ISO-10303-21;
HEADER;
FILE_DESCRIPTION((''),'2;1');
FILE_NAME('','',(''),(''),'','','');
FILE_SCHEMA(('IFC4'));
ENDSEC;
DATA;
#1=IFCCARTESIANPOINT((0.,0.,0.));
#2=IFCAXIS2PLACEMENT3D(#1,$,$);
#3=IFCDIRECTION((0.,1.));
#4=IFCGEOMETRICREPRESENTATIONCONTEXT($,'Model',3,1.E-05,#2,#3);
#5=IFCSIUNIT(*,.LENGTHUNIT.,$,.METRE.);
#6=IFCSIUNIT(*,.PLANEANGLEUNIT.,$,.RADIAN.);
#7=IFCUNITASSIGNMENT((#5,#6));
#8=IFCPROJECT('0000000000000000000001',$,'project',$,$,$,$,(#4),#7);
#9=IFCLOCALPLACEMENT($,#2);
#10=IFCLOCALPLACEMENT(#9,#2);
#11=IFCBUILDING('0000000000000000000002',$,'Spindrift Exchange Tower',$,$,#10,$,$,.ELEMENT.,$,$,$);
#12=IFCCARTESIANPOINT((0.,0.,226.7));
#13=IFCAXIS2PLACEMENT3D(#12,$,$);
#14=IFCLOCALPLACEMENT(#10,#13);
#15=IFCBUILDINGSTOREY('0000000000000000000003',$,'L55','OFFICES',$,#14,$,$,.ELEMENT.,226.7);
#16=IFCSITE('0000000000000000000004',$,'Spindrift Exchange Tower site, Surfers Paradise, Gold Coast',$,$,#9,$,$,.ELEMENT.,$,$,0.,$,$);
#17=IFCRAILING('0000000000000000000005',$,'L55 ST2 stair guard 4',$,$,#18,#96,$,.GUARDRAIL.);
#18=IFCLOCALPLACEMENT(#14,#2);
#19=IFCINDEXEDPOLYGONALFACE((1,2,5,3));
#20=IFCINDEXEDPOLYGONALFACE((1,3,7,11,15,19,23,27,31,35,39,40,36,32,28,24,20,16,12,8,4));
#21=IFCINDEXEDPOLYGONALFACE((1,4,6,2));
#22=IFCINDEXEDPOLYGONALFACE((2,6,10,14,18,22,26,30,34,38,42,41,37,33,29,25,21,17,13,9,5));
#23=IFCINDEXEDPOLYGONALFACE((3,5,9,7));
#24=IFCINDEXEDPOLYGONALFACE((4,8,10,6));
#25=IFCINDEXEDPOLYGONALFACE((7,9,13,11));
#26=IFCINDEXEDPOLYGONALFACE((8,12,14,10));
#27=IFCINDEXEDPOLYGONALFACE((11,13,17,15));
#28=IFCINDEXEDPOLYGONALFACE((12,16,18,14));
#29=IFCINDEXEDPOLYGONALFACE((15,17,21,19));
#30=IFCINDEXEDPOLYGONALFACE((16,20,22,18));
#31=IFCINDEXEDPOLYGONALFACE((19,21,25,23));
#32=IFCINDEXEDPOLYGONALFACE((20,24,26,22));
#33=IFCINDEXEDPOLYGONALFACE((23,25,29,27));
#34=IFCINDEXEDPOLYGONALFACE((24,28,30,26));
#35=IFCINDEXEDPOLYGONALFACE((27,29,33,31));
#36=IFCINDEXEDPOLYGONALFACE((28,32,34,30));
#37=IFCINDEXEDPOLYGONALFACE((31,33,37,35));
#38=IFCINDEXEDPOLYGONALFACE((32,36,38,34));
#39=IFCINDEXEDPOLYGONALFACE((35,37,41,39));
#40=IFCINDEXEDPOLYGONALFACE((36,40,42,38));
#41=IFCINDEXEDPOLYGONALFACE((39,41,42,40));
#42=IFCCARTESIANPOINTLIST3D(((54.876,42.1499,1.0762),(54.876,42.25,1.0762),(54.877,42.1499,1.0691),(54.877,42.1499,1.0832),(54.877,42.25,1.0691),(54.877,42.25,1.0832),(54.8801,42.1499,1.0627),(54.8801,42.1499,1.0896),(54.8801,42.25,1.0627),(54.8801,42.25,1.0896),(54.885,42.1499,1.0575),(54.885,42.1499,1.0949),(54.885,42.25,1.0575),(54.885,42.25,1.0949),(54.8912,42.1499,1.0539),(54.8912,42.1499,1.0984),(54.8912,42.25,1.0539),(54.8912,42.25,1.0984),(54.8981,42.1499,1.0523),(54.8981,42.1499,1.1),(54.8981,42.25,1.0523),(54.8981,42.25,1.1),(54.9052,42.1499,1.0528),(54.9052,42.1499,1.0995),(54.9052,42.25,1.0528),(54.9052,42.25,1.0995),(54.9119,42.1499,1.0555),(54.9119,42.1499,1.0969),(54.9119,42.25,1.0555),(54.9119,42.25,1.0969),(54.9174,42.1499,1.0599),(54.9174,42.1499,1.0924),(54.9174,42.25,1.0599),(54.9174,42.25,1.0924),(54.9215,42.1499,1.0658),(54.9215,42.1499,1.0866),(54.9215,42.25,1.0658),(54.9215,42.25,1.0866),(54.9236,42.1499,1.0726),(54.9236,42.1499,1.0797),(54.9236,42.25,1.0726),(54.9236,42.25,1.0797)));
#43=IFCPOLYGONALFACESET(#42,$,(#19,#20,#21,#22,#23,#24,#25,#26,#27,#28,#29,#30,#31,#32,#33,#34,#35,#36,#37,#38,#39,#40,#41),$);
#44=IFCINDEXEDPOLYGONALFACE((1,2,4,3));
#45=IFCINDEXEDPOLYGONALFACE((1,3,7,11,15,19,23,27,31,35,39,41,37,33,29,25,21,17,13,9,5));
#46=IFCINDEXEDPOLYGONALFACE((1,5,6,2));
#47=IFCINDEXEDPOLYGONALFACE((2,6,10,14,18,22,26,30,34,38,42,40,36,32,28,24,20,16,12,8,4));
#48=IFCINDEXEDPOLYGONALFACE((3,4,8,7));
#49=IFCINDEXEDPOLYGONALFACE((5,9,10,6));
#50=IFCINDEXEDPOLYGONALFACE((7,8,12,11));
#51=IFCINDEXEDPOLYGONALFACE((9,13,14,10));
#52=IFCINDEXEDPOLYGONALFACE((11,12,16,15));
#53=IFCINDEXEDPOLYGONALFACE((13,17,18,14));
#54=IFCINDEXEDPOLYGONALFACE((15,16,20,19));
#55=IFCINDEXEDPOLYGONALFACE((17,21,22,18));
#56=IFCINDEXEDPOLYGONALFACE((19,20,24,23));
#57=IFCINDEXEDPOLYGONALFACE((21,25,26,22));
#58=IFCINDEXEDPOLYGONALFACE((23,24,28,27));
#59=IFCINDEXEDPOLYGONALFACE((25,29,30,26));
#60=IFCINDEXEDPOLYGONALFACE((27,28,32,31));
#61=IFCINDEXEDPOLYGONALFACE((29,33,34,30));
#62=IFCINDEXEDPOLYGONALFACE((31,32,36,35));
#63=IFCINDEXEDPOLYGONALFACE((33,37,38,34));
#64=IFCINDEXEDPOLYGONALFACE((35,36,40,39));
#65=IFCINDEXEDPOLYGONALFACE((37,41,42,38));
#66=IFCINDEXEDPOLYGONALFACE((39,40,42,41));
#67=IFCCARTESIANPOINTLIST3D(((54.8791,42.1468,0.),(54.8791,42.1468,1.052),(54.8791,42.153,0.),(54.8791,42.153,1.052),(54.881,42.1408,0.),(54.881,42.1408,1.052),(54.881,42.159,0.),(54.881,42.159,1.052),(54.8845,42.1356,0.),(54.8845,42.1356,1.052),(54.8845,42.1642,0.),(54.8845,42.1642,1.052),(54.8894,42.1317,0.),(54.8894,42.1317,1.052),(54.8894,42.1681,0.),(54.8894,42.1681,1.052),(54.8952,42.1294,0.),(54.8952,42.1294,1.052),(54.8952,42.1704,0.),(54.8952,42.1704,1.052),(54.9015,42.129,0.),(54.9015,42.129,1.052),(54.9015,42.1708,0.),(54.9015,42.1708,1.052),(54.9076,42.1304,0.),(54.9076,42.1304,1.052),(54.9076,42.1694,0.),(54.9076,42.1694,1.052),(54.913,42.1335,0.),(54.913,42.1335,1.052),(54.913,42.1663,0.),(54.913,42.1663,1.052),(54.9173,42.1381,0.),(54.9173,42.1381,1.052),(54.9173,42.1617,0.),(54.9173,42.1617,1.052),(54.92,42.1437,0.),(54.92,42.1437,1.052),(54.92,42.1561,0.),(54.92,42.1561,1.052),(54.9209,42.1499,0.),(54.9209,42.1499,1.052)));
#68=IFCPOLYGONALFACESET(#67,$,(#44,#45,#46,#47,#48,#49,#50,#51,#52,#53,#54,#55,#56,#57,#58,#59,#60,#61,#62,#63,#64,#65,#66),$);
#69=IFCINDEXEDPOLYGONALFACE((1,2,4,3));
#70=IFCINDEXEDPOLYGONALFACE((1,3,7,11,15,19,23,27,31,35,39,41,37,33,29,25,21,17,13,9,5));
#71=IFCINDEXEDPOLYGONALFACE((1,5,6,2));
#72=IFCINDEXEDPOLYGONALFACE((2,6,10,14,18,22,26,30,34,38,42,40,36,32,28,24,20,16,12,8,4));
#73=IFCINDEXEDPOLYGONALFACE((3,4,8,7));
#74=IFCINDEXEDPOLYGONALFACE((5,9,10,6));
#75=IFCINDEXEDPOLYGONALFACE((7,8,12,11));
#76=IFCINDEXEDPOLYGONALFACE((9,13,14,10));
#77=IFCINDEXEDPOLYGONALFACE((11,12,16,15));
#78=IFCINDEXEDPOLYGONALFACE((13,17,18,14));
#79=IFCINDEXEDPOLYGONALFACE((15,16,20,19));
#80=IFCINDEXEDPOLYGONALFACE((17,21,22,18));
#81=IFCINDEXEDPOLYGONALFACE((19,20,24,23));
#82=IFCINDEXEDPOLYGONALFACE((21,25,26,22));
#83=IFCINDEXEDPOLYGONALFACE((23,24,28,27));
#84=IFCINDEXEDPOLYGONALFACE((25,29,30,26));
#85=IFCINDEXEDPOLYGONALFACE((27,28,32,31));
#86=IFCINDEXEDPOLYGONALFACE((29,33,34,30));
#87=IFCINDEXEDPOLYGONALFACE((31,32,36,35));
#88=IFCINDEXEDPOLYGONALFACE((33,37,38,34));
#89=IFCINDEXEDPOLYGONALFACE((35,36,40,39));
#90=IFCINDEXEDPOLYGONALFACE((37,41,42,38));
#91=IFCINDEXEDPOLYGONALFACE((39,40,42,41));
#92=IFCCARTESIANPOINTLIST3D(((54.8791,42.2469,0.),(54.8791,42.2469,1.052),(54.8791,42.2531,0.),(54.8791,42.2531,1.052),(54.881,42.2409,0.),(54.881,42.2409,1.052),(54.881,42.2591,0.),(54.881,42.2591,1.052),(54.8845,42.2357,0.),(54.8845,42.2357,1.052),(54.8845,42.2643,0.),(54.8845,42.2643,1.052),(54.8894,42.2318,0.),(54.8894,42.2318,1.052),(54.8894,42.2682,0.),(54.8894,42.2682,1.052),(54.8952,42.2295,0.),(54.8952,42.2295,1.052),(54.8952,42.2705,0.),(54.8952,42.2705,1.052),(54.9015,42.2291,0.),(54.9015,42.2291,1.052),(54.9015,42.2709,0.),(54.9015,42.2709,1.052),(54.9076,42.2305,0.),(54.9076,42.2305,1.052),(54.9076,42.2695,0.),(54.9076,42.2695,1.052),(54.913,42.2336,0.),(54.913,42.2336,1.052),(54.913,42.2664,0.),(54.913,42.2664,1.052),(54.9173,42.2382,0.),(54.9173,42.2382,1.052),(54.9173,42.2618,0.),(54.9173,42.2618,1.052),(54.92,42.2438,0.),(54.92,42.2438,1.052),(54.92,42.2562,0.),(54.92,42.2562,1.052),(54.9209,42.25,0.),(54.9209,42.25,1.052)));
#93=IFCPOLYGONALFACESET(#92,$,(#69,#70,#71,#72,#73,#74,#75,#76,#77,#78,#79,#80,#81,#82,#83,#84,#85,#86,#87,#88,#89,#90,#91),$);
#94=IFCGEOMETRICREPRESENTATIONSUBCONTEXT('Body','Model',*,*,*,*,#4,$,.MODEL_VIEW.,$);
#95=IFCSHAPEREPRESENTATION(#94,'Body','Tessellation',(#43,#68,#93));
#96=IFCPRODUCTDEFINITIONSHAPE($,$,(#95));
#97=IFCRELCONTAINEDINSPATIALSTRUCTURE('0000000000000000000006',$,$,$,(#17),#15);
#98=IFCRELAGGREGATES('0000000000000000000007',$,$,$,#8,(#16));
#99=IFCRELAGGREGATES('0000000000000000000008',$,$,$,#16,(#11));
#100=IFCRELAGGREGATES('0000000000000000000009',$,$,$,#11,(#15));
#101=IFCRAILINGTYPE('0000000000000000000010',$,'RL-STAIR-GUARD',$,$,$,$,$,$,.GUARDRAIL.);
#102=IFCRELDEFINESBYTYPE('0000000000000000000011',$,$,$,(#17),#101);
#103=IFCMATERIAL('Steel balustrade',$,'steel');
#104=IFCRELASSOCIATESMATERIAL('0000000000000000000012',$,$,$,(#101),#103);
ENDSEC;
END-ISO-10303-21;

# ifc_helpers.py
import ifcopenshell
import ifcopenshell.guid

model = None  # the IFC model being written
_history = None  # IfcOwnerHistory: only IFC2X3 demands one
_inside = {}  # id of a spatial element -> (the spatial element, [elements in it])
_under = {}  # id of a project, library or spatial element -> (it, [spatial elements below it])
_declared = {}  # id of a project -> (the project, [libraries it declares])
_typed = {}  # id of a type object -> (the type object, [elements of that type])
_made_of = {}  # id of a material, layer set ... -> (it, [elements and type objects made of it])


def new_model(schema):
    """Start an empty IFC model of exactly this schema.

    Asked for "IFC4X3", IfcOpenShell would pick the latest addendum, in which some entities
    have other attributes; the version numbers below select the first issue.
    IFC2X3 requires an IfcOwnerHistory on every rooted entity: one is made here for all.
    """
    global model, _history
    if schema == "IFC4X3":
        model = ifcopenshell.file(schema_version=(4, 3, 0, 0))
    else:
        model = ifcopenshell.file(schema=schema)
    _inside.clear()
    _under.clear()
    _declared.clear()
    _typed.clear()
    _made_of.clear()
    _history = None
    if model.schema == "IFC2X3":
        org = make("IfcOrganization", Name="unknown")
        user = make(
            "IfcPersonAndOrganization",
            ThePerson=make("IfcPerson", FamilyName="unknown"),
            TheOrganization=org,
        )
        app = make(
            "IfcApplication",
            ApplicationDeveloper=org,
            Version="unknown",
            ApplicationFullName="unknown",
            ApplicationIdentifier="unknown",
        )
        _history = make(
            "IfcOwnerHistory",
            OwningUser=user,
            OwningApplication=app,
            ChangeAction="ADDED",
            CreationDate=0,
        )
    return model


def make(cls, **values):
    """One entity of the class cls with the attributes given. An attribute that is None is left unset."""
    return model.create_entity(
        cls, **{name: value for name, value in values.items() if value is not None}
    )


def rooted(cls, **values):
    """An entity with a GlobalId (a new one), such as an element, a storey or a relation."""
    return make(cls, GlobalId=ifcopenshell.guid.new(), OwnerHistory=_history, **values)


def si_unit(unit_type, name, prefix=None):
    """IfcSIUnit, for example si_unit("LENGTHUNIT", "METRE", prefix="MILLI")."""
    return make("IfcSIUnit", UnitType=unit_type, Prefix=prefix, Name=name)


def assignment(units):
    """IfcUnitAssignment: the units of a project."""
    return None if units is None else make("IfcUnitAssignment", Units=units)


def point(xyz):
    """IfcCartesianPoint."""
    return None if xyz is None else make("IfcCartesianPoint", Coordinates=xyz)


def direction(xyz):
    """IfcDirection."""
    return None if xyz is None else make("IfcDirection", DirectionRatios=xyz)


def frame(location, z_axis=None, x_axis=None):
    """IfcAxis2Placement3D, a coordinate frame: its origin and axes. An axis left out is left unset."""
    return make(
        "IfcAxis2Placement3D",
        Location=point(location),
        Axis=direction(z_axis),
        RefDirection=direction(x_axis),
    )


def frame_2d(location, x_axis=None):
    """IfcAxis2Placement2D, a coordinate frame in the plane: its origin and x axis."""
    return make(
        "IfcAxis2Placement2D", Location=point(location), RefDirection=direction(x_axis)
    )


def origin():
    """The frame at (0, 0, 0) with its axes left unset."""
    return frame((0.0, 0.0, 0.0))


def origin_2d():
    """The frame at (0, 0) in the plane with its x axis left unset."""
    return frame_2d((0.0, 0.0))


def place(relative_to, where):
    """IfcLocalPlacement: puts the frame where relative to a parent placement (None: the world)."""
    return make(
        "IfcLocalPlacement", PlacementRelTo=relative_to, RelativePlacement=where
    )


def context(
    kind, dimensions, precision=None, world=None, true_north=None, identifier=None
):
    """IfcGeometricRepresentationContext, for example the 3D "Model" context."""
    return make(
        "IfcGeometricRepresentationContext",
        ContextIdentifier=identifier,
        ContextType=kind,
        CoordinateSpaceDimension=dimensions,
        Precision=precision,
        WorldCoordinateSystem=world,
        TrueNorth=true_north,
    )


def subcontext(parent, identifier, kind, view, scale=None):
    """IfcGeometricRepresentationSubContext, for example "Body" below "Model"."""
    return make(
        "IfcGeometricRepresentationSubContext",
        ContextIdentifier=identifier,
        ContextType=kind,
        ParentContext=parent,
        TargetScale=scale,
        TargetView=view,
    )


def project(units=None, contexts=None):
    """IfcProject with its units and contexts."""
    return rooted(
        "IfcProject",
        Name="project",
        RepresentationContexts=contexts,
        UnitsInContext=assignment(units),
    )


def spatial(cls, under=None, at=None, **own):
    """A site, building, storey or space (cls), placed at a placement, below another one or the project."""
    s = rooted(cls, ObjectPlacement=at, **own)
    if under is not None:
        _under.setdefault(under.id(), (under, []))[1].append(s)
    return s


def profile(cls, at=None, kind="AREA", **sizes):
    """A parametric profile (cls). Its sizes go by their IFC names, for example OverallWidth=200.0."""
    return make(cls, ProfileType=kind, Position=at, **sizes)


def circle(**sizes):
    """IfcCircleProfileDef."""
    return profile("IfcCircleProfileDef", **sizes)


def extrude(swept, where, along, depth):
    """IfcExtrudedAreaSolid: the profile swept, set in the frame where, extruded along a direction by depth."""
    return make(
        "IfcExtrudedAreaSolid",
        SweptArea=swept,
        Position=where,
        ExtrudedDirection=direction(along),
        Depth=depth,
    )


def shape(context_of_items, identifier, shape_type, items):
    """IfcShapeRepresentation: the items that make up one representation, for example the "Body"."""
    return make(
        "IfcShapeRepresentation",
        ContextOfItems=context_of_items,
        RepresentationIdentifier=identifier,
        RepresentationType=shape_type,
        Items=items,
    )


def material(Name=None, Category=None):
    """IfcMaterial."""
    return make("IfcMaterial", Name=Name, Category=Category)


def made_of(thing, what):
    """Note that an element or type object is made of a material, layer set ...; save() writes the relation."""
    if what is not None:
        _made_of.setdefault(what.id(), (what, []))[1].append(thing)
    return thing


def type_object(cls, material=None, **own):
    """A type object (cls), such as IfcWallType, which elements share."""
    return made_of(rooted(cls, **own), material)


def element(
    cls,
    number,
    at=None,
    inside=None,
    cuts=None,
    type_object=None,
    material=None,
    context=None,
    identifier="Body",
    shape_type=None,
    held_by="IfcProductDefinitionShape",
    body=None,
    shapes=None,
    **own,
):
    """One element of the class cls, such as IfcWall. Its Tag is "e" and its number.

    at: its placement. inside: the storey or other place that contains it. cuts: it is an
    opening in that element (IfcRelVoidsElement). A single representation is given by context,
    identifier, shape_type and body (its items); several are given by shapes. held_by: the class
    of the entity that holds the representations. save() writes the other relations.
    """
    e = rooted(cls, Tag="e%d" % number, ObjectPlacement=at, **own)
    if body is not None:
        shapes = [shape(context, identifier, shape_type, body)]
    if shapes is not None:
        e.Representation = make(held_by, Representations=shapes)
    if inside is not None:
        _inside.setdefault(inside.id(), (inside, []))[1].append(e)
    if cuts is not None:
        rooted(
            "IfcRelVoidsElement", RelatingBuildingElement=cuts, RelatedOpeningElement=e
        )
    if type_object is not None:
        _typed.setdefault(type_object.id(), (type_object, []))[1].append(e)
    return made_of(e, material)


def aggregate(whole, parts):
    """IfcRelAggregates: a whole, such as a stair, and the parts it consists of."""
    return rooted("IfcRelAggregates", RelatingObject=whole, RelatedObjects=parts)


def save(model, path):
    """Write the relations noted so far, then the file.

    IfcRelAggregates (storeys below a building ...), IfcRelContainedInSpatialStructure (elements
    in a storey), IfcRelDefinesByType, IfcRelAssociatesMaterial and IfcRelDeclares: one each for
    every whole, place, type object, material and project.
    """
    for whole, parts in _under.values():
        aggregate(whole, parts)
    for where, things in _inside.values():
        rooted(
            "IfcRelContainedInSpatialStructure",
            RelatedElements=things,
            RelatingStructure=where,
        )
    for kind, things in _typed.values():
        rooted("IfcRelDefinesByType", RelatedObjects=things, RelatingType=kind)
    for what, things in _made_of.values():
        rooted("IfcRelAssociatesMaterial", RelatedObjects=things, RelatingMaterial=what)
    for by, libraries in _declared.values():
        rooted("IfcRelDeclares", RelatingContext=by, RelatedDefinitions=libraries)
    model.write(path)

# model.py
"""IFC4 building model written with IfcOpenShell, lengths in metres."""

from ifc_helpers import new_model, si_unit, direction, frame, origin, origin_2d, place, context, subcontext, project, spatial, circle, extrude, material, type_object, element, save


model = new_model("IFC4")

# Units and contexts
model_context = context("Model", 3, precision=1e-05, world=origin(), true_north=direction((0.0, 1.0)))
body_context = subcontext(model_context, "Body", "Model", "MODEL_VIEW")
ifc_project = project(units=[si_unit("LENGTHUNIT", "METRE"), si_unit("PLANEANGLEUNIT", "RADIAN")], contexts=[model_context])

# Site, building, storey
site_placement = place(None, origin())
site = spatial("IfcSite", under=ifc_project, at=site_placement, Name="Spindrift Exchange Tower site, Surfers Paradise, Gold Coast", CompositionType="ELEMENT", RefElevation=0.0)
building_placement = place(site_placement, origin())
building = spatial("IfcBuilding", under=site, at=building_placement, Name="Spindrift Exchange Tower", CompositionType="ELEMENT")
storey_placement = place(building_placement, frame((0.0, 0.0, 226.7)))
storey = spatial("IfcBuildingStorey", under=building, at=storey_placement, Name="L55", Description="OFFICES", CompositionType="ELEMENT", Elevation=226.7)

# Railing
ifc_material_1 = material(Name="Steel balustrade", Category="steel")
railing_type_1 = type_object("IfcRailingType", Name="RL-STAIR-GUARD", PredefinedType="GUARDRAIL", material=ifc_material_1)
railing_1_placement = place(storey_placement, frame((54.8999, 42.1499, 0.0)))
element("IfcRailing", 1, at=railing_1_placement, inside=storey, type_object=railing_type_1, Name="L55 ST2 stair guard 4", PredefinedType="GUARDRAIL", context=body_context, shape_type="SweptSolid", body=[
    extrude(circle(Radius=0.0239, at=origin_2d()), frame((0.0, 0.0, 1.0762), z_axis=(0.0, 1.0, 0.0), x_axis=(-1.0, 0.0, 0.0)), (0.0, 0.0, 1.0), 0.1001),
    extrude(circle(Radius=0.021, at=origin_2d()), origin(), (0.0, 0.0, 1.0), 1.052),
    extrude(circle(Radius=0.021, at=origin_2d()), frame((0.0, 0.1001, 0.0)), (0.0, 0.0, 1.0), 1.052),
])

save(model, "model.ifc")
